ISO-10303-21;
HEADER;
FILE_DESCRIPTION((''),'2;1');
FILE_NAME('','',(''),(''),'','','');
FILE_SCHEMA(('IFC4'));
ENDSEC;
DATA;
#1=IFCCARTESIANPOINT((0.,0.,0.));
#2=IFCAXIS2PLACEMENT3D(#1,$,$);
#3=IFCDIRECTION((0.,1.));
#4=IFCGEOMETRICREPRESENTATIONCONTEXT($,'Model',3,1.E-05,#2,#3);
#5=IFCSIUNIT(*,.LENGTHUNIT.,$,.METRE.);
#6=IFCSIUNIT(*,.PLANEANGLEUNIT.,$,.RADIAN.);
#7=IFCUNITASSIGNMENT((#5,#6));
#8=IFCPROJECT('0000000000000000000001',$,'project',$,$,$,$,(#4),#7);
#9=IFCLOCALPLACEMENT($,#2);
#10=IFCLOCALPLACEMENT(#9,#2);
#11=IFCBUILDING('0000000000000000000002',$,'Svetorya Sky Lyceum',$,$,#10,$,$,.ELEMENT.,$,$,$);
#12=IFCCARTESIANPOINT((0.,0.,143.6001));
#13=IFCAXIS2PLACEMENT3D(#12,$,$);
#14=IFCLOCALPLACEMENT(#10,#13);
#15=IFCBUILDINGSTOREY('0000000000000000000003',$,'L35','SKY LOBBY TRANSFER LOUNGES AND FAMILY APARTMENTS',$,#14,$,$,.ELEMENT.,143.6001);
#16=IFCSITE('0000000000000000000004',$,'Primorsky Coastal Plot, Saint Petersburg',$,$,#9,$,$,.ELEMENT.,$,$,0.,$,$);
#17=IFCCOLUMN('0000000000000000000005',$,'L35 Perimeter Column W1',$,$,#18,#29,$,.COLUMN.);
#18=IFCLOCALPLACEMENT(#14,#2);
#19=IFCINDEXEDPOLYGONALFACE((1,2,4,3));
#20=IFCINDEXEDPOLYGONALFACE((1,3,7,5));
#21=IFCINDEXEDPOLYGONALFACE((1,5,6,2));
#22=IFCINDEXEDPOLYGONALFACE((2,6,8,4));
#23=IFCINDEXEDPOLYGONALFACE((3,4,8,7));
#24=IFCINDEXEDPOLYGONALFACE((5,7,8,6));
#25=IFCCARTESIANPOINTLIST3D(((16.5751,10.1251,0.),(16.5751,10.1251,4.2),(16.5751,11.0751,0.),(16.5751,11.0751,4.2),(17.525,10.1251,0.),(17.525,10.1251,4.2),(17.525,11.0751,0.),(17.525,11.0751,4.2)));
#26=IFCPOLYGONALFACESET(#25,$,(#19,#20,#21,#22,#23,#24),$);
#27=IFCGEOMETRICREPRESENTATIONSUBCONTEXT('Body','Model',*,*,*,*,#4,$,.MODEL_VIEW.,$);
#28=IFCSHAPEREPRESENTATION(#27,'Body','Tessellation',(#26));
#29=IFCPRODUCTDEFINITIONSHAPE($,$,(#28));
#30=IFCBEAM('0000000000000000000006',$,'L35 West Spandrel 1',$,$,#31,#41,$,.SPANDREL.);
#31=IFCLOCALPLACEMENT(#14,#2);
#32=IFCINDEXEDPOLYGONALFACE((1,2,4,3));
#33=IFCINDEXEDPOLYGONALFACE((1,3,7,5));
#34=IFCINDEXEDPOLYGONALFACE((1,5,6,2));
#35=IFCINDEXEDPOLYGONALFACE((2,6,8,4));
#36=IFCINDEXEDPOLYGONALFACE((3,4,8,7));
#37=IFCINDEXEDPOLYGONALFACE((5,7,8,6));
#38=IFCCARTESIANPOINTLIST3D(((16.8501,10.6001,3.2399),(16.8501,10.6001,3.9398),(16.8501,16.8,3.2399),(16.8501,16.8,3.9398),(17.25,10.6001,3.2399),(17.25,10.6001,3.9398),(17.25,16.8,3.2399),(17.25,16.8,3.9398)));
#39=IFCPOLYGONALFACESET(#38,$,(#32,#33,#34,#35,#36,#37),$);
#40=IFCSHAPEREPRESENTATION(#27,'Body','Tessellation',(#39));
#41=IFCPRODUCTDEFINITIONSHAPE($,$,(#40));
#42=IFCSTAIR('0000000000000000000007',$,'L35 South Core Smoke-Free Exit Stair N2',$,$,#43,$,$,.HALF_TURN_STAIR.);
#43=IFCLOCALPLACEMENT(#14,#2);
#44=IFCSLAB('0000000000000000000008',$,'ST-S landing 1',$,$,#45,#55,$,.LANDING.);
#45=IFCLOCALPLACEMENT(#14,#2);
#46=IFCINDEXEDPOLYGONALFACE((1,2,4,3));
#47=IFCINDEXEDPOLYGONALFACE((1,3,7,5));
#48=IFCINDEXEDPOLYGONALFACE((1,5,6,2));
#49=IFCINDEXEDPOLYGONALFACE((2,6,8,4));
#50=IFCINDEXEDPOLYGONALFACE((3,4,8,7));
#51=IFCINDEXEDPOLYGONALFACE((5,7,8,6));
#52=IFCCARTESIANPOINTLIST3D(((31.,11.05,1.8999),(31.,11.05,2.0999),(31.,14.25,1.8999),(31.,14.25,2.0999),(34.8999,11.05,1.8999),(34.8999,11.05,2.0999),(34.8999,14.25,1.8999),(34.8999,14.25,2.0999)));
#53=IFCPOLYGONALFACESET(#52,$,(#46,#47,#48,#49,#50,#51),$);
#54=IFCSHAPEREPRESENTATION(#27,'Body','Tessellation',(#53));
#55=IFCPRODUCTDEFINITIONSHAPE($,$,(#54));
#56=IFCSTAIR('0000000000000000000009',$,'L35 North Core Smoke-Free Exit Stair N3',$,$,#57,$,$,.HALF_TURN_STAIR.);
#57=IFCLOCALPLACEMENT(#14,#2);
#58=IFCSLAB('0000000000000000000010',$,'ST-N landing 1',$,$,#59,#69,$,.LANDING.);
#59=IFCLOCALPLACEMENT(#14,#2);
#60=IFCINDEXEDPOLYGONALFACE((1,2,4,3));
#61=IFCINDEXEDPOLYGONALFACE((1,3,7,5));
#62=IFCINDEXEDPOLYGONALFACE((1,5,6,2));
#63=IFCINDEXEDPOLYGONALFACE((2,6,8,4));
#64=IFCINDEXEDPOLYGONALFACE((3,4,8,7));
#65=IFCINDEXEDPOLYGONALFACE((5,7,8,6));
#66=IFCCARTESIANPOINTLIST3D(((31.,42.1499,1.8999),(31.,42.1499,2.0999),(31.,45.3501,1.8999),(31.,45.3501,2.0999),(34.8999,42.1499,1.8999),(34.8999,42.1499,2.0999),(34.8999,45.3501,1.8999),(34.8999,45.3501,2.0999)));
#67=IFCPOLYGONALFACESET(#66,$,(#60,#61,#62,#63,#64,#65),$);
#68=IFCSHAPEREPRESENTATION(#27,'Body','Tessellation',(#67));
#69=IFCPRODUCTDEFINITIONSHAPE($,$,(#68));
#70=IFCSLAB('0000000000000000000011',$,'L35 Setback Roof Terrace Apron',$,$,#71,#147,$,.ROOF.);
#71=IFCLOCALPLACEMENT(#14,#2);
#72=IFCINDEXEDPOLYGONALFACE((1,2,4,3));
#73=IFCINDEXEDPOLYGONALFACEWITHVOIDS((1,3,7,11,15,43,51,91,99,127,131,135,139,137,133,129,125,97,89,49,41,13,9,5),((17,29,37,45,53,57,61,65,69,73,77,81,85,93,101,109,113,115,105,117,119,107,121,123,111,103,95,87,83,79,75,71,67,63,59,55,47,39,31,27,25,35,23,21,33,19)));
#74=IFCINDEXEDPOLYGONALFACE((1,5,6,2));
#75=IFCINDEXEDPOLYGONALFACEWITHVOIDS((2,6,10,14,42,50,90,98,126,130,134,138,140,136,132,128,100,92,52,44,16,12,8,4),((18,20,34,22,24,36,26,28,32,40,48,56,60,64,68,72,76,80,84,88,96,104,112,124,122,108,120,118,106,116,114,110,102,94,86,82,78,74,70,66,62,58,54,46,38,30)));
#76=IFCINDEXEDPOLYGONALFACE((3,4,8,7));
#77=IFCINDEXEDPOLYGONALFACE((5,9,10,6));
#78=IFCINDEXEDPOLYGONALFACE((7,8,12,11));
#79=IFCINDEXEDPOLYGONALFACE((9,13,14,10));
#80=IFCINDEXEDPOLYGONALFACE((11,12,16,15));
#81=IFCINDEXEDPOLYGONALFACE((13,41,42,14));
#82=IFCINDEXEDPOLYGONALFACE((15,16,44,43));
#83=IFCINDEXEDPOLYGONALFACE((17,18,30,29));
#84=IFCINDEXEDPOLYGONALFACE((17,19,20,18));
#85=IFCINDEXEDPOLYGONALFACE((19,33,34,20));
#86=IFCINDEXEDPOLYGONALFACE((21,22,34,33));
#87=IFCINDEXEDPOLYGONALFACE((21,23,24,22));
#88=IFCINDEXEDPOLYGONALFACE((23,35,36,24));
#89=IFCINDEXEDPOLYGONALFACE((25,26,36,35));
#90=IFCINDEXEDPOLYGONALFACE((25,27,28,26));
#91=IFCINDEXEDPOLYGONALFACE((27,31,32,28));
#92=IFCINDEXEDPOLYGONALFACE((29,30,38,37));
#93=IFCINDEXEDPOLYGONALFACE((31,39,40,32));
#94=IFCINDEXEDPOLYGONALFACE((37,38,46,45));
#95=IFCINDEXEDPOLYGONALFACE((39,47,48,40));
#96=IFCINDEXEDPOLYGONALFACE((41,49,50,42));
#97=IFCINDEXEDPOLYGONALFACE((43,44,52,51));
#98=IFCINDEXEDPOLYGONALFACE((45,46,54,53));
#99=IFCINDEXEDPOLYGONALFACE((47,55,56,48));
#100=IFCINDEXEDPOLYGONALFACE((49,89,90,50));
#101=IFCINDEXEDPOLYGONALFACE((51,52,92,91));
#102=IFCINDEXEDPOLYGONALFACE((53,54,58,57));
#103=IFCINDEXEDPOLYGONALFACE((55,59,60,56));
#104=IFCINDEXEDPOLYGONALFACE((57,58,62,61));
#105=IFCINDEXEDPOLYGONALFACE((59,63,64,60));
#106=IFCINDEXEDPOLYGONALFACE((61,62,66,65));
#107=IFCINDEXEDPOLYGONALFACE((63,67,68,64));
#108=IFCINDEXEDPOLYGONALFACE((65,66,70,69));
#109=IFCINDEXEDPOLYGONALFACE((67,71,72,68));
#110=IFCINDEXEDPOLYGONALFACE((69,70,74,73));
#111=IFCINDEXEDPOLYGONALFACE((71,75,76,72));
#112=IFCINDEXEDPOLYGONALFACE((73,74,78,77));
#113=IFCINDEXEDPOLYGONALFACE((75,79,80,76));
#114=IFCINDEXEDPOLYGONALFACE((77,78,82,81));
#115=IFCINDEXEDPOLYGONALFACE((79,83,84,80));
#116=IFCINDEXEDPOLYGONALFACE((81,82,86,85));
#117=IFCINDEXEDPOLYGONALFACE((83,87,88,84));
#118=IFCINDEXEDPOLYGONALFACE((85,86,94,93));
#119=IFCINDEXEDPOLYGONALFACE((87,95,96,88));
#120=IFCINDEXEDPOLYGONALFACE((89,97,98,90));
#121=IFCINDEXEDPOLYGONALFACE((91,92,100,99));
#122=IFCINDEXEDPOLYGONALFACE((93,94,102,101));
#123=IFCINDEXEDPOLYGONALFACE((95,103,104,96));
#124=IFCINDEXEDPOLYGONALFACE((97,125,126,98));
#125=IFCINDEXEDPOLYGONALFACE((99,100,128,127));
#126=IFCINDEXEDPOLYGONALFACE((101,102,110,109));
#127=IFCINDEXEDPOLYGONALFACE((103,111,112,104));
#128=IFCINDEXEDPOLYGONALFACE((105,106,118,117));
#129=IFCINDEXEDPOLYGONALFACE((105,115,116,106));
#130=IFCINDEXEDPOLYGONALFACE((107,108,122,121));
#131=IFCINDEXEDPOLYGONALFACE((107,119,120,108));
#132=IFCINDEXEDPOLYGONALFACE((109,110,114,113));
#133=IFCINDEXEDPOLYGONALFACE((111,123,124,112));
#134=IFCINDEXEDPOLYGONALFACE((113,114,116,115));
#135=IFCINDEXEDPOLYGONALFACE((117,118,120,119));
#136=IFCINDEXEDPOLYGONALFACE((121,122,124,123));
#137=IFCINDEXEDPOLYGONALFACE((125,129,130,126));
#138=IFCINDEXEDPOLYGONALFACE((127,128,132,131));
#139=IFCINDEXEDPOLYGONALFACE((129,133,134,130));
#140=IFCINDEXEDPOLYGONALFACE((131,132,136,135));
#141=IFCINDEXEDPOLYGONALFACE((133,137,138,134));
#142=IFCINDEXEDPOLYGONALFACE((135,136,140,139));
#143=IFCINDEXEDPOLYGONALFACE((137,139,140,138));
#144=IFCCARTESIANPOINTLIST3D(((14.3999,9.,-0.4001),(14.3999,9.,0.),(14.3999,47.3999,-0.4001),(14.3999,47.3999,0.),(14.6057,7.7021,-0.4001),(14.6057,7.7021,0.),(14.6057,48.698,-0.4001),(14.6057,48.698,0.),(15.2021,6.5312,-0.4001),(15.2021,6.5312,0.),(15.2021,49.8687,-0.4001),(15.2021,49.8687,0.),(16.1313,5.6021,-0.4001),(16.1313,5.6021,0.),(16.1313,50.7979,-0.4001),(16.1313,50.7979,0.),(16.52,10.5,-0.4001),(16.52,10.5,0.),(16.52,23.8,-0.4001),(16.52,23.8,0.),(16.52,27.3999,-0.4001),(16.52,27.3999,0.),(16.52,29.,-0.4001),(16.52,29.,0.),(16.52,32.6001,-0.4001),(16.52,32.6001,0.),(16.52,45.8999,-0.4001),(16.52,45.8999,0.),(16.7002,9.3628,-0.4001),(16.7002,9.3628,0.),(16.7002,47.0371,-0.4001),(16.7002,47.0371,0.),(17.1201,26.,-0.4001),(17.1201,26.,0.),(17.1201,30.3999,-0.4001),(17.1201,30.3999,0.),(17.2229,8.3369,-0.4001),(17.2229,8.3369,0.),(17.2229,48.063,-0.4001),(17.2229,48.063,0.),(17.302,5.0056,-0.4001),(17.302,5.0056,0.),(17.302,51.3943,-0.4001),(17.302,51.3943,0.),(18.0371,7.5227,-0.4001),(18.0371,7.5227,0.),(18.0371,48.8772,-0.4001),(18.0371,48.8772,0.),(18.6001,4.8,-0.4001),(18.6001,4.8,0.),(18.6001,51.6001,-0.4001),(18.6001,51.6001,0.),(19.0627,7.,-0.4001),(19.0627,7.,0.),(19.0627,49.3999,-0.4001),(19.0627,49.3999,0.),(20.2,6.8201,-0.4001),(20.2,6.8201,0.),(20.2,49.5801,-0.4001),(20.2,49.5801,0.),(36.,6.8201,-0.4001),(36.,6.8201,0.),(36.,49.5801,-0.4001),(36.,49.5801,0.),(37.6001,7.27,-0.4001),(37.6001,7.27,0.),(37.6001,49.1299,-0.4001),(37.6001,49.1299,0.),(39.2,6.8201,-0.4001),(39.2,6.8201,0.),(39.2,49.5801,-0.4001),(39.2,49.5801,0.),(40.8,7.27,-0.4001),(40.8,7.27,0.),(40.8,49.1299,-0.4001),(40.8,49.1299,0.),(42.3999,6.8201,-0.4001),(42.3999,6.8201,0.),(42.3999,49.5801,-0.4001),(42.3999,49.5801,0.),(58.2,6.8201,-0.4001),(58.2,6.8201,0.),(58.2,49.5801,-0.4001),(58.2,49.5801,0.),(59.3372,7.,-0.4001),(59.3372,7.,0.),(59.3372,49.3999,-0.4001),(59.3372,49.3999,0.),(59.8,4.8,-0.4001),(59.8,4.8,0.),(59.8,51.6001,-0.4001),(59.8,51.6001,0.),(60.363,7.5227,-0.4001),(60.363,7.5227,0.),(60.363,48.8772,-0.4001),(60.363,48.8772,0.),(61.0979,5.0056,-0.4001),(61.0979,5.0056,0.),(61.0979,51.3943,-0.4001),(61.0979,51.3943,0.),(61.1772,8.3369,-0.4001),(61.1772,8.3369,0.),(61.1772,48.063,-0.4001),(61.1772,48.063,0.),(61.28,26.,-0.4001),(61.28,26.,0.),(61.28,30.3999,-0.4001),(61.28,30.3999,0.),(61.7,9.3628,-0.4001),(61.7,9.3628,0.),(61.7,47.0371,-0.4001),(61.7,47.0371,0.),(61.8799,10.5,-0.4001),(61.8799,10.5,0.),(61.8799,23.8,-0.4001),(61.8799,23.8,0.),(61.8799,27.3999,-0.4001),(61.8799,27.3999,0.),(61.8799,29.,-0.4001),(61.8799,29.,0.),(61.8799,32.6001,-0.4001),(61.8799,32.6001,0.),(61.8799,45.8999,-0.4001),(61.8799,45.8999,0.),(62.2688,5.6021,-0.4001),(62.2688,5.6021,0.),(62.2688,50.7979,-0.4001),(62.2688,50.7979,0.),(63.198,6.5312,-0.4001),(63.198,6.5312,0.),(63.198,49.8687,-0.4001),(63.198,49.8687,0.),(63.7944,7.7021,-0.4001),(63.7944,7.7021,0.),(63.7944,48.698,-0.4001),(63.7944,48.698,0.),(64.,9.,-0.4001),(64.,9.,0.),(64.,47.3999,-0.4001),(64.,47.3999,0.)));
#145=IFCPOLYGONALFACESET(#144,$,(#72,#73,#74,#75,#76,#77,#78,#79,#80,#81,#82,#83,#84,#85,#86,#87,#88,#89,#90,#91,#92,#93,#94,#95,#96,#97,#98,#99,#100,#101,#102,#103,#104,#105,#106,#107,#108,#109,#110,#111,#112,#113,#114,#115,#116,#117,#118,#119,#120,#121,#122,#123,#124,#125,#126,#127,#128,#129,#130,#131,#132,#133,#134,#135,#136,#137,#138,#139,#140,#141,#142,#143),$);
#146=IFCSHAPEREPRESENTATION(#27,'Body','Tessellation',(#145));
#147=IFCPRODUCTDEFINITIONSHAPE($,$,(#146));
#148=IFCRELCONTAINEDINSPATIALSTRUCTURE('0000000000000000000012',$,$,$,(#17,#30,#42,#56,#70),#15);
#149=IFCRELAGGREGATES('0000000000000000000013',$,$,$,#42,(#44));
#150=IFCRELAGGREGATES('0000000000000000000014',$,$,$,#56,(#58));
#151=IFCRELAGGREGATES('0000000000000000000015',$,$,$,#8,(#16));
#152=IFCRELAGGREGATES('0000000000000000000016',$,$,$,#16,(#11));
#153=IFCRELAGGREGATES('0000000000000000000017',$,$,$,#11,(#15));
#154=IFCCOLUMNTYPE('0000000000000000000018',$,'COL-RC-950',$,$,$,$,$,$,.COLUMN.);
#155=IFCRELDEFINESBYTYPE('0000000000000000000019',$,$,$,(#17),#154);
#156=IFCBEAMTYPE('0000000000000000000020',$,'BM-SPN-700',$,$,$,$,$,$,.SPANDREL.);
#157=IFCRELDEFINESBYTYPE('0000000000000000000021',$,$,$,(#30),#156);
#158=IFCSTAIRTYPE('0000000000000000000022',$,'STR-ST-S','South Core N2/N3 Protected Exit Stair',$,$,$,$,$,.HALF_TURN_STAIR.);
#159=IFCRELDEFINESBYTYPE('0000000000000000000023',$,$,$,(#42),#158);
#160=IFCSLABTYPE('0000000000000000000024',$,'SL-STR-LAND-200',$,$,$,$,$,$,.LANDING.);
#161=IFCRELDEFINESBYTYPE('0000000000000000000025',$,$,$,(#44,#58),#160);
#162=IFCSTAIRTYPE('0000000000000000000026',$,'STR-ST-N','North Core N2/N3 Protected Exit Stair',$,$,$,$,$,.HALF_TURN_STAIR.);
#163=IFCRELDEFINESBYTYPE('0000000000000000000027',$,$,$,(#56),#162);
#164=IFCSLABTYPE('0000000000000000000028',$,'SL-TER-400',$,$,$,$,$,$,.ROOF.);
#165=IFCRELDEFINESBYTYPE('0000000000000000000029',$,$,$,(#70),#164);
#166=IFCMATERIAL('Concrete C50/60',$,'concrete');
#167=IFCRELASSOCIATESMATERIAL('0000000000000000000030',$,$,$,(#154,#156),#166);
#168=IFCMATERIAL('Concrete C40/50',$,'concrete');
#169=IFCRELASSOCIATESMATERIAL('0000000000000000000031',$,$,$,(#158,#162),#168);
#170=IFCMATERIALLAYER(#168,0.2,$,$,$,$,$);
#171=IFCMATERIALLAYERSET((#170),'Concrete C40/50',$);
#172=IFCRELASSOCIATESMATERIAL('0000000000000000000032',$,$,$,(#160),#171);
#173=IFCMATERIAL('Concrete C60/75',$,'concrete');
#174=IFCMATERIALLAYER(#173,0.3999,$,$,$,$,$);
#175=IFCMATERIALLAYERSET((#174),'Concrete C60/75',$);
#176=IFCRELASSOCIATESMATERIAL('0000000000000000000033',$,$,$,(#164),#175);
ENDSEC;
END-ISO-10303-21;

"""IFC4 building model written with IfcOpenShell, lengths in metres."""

from ifc_helpers import new_model, si_unit, direction, frame, origin, origin_2d, place, context, subcontext, project, spatial, polyline, rectangle, outline, extrude, material, layer, layer_set, material_profile, profile_set, type_object, element, aggregate, save


model = new_model("IFC4")

# Units and contexts
model_context = context("Model", 3, precision=1e-05, world=origin(), true_north=direction((0.0, 1.0)))
body_context = subcontext(model_context, "Body", "Model", "MODEL_VIEW")
ifc_project = project(units=[si_unit("LENGTHUNIT", "METRE"), si_unit("PLANEANGLEUNIT", "RADIAN")], contexts=[model_context])

# Site, building, storey
site_placement = place(None, origin())
site = spatial("IfcSite", under=ifc_project, at=site_placement, Name="Primorsky Coastal Plot, Saint Petersburg", CompositionType="ELEMENT", RefElevation=0.0)
building_placement = place(site_placement, origin())
building = spatial("IfcBuilding", under=site, at=building_placement, Name="Svetorya Sky Lyceum", CompositionType="ELEMENT")
storey_placement = place(building_placement, frame((0.0, 0.0, 143.6001)))
storey = spatial("IfcBuildingStorey", under=building, at=storey_placement, Name="L35", Description="SKY LOBBY TRANSFER LOUNGES AND FAMILY APARTMENTS", CompositionType="ELEMENT", Elevation=143.6001)

# Column
ifc_material_1 = material(Name="Concrete C50/60", Category="concrete")
ifc_material_profile_1 = material_profile(ifc_material_1, rectangle(XDim=0.95, YDim=0.95, at=origin_2d()), Name="RC COL 950x950")
ifc_profile_set_1 = profile_set([ifc_material_profile_1], Name="Concrete C50/60")
column_type = type_object("IfcColumnType", Name="COL-RC-950", PredefinedType="COLUMN", material=ifc_profile_set_1)
column_placement = place(storey_placement, frame((17.05, 10.6001, 0.0), z_axis=(0.0, 0.0, 1.0), x_axis=(1.0, 0.0, 0.0)))
element("IfcColumn", 1, at=column_placement, inside=storey, type_object=column_type, Name="L35 Perimeter Column W1", PredefinedType="COLUMN", context=body_context, shape_type="SweptSolid", body=[
    extrude(rectangle(XDim=0.95, YDim=0.95, at=origin_2d()), origin(), (0.0, 0.0, 1.0), 4.2),
])

# Beam
ifc_material_profile_2 = material_profile(ifc_material_1, rectangle(XDim=0.3999, YDim=0.7, at=origin_2d()), Name="RC SPANDREL 400x700")
ifc_profile_set_2 = profile_set([ifc_material_profile_2], Name="Concrete C50/60")
beam_type = type_object("IfcBeamType", Name="BM-SPN-700", PredefinedType="SPANDREL", material=ifc_profile_set_2)
beam_placement = place(storey_placement, frame((17.05, 10.6001, 3.5898), z_axis=(0.0, 1.0, 0.0), x_axis=(-1.0, 0.0, 0.0)))
element("IfcBeam", 2, at=beam_placement, inside=storey, type_object=beam_type, Name="L35 West Spandrel 1", PredefinedType="SPANDREL", context=body_context, shape_type="SweptSolid", body=[
    extrude(rectangle(XDim=0.3999, YDim=0.7, at=origin_2d()), origin(), (0.0, 0.0, 1.0), 6.2),
])

# Stairs, slabs
ifc_material_2 = material(Name="Concrete C40/50", Category="concrete")
stair_type_1 = type_object("IfcStairType", Name="STR-ST-S", Description="South Core N2/N3 Protected Exit Stair", PredefinedType="HALF_TURN_STAIR", material=ifc_material_2)
stair_1_placement = place(storey_placement, origin())
stair_1 = element("IfcStair", 3, at=stair_1_placement, inside=storey, type_object=stair_type_1, Name="L35 South Core Smoke-Free Exit Stair N2", PredefinedType="HALF_TURN_STAIR")
ifc_layer_1 = layer(ifc_material_2, 0.2)
ifc_layer_set_1 = layer_set([ifc_layer_1], Name="Concrete C40/50")
slab_type_1 = type_object("IfcSlabType", Name="SL-STR-LAND-200", PredefinedType="LANDING", material=ifc_layer_set_1)
slab_1_placement = place(storey_placement, frame((0.0, 0.0, 1.8999)))
slab_1 = element("IfcSlab", 4, at=slab_1_placement, type_object=slab_type_1, Name="ST-S landing 1", PredefinedType="LANDING", context=body_context, shape_type="SweptSolid", body=[
    extrude(outline(polyline([(31.0, 11.05), (34.8999, 11.05), (34.8999, 14.25), (31.0, 14.25), (31.0, 11.05)])), origin(), (0.0, 0.0, 1.0), 0.2),
])
aggregate(stair_1, [slab_1])
stair_type_2 = type_object("IfcStairType", Name="STR-ST-N", Description="North Core N2/N3 Protected Exit Stair", PredefinedType="HALF_TURN_STAIR", material=ifc_material_2)
stair_2_placement = place(storey_placement, origin())
stair_2 = element("IfcStair", 5, at=stair_2_placement, inside=storey, type_object=stair_type_2, Name="L35 North Core Smoke-Free Exit Stair N3", PredefinedType="HALF_TURN_STAIR")
slab_2_placement = place(storey_placement, frame((0.0, 0.0, 1.8999)))
slab_2 = element("IfcSlab", 6, at=slab_2_placement, type_object=slab_type_1, Name="ST-N landing 1", PredefinedType="LANDING", context=body_context, shape_type="SweptSolid", body=[
    extrude(outline(polyline([(31.0, 42.1499), (34.8999, 42.1499), (34.8999, 45.3501), (31.0, 45.3501), (31.0, 42.1499)])), origin(), (0.0, 0.0, 1.0), 0.2),
])
aggregate(stair_2, [slab_2])

# Slab
ifc_material_3 = material(Name="Concrete C60/75", Category="concrete")
ifc_layer_2 = layer(ifc_material_3, 0.3999)
ifc_layer_set_2 = layer_set([ifc_layer_2], Name="Concrete C60/75")
slab_type_2 = type_object("IfcSlabType", Name="SL-TER-400", PredefinedType="ROOF", material=ifc_layer_set_2)
slab_3_placement = place(storey_placement, frame((0.0, 0.0, -0.4001)))
element("IfcSlab", 7, at=slab_3_placement, inside=storey, type_object=slab_type_2, Name="L35 Setback Roof Terrace Apron", PredefinedType="ROOF", context=body_context, shape_type="SweptSolid", body=[
    extrude(outline(polyline([(14.3999, 9.0), (14.6057, 7.7021), (15.2021, 6.5312), (16.1313, 5.6021), (17.302, 5.0056), (18.6001, 4.8), (59.8, 4.8), (61.0979, 5.0056), (62.2688, 5.6021), (63.198, 6.5312), (63.7944, 7.7021), (64.0, 9.0), (64.0, 47.3999), (63.7944, 48.698), (63.198, 49.8687), (62.2688, 50.7979), (61.0979, 51.3943), (59.8, 51.6001), (18.6001, 51.6001), (17.302, 51.3943), (16.1313, 50.7979), (15.2021, 49.8687), (14.6057, 48.698), (14.3999, 47.3999), (14.3999, 9.0)]), holes=[polyline([(16.52, 10.5), (16.7002, 9.3628), (17.2229, 8.3369), (18.0371, 7.5227), (19.0627, 7.0), (20.2, 6.8201), (36.0, 6.8201), (37.6001, 7.27), (39.2, 6.8201), (40.8, 7.27), (42.3999, 6.8201), (58.2, 6.8201), (59.3372, 7.0), (60.363, 7.5227), (61.1772, 8.3369), (61.7, 9.3628), (61.8799, 10.5), (61.8799, 23.8), (61.28, 26.0), (61.8799, 27.3999), (61.8799, 29.0), (61.28, 30.3999), (61.8799, 32.6001), (61.8799, 45.8999), (61.7, 47.0371), (61.1772, 48.063), (60.363, 48.8772), (59.3372, 49.3999), (58.2, 49.5801), (42.3999, 49.5801), (40.8, 49.1299), (39.2, 49.5801), (37.6001, 49.1299), (36.0, 49.5801), (20.2, 49.5801), (19.0627, 49.3999), (18.0371, 48.8772), (17.2229, 48.063), (16.7002, 47.0371), (16.52, 45.8999), (16.52, 32.6001), (17.1201, 30.3999), (16.52, 29.0), (16.52, 27.3999), (17.1201, 26.0), (16.52, 23.8), (16.52, 10.5)])]), origin(), (0.0, 0.0, 1.0), 0.4001),
])

save(model, "model.ifc")
